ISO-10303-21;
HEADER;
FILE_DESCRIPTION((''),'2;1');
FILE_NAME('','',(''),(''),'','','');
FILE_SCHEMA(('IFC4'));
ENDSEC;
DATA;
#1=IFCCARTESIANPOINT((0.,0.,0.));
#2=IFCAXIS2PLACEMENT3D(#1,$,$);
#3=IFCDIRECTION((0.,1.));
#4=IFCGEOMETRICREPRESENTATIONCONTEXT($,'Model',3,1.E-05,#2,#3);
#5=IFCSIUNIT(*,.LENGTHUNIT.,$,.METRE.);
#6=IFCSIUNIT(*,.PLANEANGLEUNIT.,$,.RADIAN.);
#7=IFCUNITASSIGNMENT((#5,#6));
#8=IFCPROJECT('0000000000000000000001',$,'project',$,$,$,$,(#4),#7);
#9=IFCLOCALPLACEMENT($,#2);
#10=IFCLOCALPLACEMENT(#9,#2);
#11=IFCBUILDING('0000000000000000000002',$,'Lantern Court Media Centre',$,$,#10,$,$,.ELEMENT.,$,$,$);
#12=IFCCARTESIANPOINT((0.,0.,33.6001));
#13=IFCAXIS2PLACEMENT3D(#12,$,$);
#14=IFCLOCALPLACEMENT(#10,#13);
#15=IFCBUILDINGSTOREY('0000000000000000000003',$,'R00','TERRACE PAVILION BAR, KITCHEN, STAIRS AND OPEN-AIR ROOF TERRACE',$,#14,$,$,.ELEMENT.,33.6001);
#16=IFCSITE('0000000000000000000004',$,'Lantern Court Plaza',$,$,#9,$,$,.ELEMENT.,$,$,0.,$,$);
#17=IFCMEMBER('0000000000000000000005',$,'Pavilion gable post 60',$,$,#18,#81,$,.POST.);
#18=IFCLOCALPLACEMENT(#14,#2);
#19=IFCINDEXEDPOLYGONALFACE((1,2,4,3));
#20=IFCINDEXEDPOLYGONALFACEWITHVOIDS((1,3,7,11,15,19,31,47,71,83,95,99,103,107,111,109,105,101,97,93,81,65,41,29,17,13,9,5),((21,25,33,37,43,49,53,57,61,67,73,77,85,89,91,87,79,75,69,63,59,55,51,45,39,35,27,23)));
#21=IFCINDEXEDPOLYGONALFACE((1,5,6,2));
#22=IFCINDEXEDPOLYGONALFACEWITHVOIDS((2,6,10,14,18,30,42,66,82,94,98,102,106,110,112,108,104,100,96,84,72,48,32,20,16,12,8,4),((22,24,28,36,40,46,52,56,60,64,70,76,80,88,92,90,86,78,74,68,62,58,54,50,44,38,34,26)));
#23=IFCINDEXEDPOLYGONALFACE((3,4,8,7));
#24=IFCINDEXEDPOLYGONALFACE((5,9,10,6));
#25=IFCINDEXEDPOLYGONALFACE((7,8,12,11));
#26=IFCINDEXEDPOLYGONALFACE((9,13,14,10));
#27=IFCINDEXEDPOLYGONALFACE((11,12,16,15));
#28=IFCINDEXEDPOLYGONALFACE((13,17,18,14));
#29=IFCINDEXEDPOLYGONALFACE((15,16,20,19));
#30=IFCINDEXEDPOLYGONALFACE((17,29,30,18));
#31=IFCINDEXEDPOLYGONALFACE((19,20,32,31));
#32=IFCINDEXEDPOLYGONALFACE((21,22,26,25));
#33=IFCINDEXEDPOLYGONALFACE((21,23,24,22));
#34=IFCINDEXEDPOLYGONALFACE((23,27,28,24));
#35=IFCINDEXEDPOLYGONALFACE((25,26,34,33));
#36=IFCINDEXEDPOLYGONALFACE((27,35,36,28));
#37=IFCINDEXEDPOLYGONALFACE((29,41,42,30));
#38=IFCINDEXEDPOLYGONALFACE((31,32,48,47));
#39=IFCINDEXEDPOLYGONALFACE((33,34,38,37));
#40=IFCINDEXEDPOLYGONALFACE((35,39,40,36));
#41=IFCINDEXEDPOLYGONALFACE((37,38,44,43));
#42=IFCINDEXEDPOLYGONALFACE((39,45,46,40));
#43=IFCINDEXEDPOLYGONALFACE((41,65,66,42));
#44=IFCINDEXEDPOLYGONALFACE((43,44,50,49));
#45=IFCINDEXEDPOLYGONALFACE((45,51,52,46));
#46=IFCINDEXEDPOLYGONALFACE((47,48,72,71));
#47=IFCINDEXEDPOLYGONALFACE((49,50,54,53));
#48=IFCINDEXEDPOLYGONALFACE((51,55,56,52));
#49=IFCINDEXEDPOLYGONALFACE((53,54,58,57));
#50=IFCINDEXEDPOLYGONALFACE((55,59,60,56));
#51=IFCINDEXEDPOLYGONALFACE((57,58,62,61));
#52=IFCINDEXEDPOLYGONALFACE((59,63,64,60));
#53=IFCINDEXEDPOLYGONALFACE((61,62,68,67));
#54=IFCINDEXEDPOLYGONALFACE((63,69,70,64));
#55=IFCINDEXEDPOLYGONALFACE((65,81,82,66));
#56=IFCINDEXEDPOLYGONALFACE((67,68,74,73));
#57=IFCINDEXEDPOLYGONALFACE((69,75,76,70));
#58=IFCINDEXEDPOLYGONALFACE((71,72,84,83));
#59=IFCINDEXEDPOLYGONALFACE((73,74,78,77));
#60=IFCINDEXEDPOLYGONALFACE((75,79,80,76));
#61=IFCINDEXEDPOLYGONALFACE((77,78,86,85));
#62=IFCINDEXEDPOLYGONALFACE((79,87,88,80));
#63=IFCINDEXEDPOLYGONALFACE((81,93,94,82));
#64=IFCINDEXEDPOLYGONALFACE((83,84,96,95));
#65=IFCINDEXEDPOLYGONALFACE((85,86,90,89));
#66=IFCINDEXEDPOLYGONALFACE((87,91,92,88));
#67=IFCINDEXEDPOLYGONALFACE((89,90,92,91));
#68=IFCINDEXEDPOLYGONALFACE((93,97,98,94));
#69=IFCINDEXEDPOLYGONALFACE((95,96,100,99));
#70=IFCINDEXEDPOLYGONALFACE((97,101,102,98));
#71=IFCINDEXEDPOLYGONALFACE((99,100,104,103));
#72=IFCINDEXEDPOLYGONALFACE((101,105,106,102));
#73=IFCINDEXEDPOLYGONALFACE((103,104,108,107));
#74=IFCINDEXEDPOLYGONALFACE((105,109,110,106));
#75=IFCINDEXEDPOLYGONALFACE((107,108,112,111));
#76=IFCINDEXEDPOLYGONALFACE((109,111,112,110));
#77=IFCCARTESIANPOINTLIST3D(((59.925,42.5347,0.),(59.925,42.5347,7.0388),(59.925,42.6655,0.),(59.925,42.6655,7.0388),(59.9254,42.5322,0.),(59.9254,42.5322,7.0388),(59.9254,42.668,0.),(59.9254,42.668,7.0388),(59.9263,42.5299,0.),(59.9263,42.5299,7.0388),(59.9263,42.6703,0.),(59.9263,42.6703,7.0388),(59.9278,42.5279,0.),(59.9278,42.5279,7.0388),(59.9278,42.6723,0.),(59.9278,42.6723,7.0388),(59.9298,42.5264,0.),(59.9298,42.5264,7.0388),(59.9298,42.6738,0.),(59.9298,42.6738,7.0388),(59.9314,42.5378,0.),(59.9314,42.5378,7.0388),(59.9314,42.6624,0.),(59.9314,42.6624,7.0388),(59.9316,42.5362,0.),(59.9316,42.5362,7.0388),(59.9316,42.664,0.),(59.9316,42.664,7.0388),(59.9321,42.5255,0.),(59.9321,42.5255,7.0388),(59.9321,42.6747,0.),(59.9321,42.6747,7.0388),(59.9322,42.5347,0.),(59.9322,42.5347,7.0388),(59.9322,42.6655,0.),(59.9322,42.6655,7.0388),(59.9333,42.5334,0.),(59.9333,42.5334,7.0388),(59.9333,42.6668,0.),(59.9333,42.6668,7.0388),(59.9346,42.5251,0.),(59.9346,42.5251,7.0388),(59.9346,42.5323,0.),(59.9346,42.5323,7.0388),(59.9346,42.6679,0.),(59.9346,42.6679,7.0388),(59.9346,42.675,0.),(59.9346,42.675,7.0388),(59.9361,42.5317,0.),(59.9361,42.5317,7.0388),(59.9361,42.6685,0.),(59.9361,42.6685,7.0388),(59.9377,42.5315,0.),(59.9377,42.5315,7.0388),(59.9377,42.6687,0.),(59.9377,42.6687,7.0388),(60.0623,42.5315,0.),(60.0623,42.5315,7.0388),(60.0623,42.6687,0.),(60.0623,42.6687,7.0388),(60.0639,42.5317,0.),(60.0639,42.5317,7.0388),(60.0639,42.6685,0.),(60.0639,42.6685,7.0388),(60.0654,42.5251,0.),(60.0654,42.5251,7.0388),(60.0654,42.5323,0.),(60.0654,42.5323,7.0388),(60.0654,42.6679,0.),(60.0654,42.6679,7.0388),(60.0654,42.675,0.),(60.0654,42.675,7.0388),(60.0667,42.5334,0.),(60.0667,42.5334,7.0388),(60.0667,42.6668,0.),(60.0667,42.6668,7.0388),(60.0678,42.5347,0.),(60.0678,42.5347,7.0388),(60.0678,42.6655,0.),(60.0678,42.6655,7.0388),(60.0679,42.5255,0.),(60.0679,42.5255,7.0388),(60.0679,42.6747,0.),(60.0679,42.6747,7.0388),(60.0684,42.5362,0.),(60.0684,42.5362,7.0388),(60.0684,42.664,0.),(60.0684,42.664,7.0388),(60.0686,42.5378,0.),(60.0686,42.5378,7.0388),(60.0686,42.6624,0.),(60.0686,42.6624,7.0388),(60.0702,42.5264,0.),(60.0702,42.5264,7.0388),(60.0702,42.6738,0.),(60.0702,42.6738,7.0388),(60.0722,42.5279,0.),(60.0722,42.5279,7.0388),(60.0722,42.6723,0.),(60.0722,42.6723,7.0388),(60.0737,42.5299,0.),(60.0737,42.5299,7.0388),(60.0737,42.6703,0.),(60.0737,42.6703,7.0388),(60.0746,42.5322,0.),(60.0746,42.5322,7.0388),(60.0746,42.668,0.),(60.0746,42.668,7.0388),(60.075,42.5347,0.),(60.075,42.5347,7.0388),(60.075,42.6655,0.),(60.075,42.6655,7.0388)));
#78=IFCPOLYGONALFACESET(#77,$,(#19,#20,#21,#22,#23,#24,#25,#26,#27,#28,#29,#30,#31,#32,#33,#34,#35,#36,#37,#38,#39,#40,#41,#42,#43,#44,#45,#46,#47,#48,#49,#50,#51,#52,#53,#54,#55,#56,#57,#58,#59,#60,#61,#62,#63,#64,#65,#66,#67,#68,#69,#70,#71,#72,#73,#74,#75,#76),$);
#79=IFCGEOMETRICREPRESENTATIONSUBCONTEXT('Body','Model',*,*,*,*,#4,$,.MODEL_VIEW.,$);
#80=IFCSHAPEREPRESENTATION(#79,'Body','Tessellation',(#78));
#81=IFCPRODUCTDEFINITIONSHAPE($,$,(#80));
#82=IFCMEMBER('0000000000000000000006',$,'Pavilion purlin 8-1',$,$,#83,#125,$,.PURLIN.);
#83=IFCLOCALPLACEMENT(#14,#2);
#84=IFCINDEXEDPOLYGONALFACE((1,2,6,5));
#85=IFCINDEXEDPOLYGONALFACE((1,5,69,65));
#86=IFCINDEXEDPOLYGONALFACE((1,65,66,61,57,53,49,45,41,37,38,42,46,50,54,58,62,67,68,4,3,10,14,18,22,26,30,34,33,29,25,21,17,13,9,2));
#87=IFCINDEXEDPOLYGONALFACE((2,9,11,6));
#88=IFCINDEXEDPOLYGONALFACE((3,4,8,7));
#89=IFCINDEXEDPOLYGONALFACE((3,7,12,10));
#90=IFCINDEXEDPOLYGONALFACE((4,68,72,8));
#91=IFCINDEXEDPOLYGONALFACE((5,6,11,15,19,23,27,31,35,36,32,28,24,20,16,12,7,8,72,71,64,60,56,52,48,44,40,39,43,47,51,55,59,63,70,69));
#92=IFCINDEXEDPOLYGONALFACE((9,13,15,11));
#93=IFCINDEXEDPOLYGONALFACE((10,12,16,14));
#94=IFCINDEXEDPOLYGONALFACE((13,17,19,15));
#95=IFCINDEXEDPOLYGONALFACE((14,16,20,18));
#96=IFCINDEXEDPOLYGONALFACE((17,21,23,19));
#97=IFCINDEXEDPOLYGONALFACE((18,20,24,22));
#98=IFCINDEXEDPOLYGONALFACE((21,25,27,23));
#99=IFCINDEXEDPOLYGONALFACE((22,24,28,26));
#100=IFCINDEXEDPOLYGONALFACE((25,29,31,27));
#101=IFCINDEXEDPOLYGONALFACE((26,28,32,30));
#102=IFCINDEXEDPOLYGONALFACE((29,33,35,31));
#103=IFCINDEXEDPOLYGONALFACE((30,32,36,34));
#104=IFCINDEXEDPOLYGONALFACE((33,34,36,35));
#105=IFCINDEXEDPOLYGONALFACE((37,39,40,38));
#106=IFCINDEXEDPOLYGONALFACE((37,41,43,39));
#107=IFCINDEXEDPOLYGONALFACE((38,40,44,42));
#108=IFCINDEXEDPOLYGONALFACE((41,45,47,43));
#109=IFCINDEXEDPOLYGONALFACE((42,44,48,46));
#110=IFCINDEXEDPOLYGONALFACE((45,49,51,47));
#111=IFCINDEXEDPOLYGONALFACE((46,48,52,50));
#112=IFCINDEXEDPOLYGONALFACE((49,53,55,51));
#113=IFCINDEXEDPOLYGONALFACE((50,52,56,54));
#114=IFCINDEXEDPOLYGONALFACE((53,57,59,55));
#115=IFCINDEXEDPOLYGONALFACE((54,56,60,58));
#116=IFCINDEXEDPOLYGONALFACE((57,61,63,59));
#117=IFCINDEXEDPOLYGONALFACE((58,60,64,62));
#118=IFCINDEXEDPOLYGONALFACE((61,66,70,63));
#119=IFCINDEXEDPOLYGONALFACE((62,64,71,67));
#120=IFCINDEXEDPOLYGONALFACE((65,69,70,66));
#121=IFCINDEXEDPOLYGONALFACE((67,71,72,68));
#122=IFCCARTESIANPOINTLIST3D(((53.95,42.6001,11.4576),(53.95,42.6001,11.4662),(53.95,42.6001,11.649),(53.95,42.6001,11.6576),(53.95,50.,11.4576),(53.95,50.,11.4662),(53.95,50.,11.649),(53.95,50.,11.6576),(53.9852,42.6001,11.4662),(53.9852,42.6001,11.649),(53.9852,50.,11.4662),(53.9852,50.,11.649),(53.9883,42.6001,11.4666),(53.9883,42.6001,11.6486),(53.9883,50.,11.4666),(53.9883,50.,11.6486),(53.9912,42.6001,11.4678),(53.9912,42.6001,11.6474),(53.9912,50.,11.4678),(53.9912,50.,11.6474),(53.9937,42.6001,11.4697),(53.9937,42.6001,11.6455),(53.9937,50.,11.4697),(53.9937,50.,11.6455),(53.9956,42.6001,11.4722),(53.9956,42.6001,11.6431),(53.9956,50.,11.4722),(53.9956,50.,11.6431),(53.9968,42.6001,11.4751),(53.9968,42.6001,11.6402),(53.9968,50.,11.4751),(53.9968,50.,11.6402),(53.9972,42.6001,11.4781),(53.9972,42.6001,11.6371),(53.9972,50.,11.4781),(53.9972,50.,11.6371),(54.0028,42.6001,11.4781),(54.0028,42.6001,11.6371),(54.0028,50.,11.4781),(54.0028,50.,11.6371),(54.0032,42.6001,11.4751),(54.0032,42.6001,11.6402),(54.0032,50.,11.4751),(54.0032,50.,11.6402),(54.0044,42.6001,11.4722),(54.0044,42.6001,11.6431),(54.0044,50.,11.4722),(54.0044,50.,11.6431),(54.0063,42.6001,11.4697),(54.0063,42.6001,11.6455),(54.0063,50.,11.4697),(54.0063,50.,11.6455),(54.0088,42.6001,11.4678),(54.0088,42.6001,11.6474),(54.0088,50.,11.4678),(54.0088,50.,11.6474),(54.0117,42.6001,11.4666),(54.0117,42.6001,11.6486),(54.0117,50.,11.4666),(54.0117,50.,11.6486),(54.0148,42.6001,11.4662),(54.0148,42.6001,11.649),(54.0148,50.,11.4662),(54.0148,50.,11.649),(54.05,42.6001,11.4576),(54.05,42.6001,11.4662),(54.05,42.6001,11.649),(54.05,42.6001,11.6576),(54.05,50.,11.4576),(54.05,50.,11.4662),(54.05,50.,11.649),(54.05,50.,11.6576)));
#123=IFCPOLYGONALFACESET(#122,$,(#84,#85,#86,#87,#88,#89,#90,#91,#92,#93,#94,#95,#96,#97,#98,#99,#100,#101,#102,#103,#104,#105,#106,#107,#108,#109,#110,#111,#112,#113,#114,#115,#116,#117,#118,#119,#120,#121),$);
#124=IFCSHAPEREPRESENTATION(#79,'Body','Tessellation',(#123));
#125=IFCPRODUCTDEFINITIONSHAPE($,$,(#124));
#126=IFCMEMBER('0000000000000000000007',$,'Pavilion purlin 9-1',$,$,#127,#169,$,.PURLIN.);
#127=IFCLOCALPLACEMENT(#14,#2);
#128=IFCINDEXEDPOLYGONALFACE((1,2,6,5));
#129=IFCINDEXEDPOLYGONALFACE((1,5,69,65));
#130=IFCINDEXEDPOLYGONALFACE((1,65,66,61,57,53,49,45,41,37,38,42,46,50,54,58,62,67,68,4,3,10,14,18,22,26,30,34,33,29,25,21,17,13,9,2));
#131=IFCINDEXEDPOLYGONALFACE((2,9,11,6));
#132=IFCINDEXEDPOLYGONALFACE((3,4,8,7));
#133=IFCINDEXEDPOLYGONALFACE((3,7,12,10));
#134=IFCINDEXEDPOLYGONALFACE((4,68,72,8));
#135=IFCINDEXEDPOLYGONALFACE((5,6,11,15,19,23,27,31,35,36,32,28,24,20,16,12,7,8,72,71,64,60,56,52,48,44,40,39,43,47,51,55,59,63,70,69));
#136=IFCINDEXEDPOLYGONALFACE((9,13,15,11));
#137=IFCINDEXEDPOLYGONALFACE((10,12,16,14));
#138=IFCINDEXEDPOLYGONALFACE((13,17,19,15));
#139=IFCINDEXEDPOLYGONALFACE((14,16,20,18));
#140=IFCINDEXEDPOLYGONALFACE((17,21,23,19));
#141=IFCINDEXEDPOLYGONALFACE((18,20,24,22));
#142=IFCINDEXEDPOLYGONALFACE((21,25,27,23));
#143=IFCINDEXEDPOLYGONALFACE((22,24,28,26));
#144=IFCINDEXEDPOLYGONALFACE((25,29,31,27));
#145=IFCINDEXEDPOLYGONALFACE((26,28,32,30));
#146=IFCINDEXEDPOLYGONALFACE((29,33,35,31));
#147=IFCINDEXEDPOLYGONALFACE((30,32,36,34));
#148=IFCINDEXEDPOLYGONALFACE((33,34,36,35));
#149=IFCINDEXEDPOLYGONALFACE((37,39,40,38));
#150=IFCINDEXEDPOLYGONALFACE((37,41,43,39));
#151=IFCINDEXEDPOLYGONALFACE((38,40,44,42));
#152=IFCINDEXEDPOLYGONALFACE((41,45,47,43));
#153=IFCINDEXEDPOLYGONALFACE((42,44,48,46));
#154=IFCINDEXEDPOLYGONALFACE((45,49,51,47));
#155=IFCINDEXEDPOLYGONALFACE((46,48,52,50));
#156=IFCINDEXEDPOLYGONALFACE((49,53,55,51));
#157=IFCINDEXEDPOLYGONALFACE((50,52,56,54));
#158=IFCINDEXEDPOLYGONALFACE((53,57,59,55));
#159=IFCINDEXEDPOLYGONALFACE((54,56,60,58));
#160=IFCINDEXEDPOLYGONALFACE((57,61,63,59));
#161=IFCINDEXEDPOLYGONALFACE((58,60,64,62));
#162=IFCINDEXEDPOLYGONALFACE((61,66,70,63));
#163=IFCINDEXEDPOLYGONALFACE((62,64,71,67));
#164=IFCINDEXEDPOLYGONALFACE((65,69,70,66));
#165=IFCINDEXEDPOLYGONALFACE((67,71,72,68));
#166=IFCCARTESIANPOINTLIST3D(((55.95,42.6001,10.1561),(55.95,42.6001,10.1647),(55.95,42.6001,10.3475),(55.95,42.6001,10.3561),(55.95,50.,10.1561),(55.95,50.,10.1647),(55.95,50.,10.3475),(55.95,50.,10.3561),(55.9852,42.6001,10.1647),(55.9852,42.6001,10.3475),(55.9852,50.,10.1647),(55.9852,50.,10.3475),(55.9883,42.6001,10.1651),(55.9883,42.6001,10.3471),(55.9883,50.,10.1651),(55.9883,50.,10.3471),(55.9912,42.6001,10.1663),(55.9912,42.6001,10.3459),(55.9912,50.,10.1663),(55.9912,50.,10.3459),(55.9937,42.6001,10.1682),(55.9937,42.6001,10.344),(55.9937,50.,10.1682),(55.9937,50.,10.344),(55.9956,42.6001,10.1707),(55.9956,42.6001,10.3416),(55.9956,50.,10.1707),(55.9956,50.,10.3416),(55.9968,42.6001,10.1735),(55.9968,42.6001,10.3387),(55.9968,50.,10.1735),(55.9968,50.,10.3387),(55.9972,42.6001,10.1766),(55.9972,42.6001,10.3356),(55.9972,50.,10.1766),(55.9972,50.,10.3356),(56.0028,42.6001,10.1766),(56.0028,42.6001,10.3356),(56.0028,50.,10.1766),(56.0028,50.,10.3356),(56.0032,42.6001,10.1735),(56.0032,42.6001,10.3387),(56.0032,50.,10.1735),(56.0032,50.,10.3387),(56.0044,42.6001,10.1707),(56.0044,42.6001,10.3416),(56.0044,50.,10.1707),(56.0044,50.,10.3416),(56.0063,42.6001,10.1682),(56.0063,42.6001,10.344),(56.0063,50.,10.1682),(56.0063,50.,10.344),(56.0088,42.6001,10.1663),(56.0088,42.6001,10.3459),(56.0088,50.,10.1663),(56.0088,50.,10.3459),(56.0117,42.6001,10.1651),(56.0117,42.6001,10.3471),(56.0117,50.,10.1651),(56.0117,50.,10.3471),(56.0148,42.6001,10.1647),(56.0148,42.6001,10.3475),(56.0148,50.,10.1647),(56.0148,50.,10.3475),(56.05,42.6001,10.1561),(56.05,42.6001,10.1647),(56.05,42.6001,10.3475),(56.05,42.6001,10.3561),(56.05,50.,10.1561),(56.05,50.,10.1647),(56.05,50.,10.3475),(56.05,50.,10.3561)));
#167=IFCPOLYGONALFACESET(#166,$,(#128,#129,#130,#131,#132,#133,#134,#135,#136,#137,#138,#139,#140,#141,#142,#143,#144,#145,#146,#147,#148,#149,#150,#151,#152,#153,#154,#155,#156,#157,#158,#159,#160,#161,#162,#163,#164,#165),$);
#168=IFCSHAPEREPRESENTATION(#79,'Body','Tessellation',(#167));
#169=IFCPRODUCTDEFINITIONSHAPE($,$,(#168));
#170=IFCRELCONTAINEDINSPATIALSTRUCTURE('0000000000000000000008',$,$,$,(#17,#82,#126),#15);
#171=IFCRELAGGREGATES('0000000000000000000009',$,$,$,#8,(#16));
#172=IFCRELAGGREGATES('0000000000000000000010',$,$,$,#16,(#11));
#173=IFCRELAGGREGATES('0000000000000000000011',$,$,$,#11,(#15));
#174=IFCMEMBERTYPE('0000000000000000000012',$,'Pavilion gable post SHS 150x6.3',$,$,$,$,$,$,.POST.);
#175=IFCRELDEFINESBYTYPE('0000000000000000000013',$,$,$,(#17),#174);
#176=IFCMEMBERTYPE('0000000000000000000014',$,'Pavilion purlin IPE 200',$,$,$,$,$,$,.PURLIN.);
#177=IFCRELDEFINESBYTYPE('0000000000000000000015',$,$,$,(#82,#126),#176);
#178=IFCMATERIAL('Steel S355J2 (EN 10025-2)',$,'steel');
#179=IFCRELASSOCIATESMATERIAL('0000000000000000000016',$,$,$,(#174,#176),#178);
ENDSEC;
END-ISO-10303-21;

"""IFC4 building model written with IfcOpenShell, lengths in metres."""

from ifc_helpers import new_model, si_unit, direction, frame, origin, origin_2d, place, context, subcontext, project, spatial, hollow_rectangle, i_section, extrude, material, material_profile, profile_set, type_object, element, save


model = new_model("IFC4")

# Units and contexts
model_context = context("Model", 3, precision=1e-05, world=origin(), true_north=direction((0.0, 1.0)))
body_context = subcontext(model_context, "Body", "Model", "MODEL_VIEW")
ifc_project = project(units=[si_unit("LENGTHUNIT", "METRE"), si_unit("PLANEANGLEUNIT", "RADIAN")], contexts=[model_context])

# Site, building, storey
site_placement = place(None, origin())
site = spatial("IfcSite", under=ifc_project, at=site_placement, Name="Lantern Court Plaza", CompositionType="ELEMENT", RefElevation=0.0)
building_placement = place(site_placement, origin())
building = spatial("IfcBuilding", under=site, at=building_placement, Name="Lantern Court Media Centre", CompositionType="ELEMENT")
storey_placement = place(building_placement, frame((0.0, 0.0, 33.6001)))
storey = spatial("IfcBuildingStorey", under=building, at=storey_placement, Name="R00", Description="TERRACE PAVILION BAR, KITCHEN, STAIRS AND OPEN-AIR ROOF TERRACE", CompositionType="ELEMENT", Elevation=33.6001)

# Members
ifc_material_1 = material(Name="Steel S355J2 (EN 10025-2)", Category="steel")
ifc_material_profile_1 = material_profile(ifc_material_1, hollow_rectangle(XDim=0.1499, YDim=0.1499, WallThickness=0.0063, InnerFilletRadius=0.0063, OuterFilletRadius=0.0095, at=origin_2d()), Name="Pavilion gable post SHS 150x6.3")
ifc_profile_set_1 = profile_set([ifc_material_profile_1], Name="Steel S355J2 (EN 10025-2)")
member_type_1 = type_object("IfcMemberType", Name="Pavilion gable post SHS 150x6.3", PredefinedType="POST", material=ifc_profile_set_1)
member_1_placement = place(storey_placement, frame((60.0, 42.6001, 0.0), z_axis=(0.0, 0.0, 1.0), x_axis=(1.0, 0.0, 0.0)))
element("IfcMember", 1, at=member_1_placement, inside=storey, type_object=member_type_1, Name="Pavilion gable post 60", PredefinedType="POST", context=body_context, shape_type="SweptSolid", body=[
    extrude(hollow_rectangle(XDim=0.1499, YDim=0.1499, WallThickness=0.0063, InnerFilletRadius=0.0063, OuterFilletRadius=0.0095, at=origin_2d()), origin(), (0.0, 0.0, 1.0), 7.0388),
])
ifc_material_profile_2 = material_profile(ifc_material_1, i_section(OverallWidth=0.1001, OverallDepth=0.2, WebThickness=0.0056, FlangeThickness=0.0085, FilletRadius=0.012, at=origin_2d()), Name="IPE 200")
ifc_profile_set_2 = profile_set([ifc_material_profile_2], Name="Steel S355J2 (EN 10025-2)")
member_type_2 = type_object("IfcMemberType", Name="Pavilion purlin IPE 200", PredefinedType="PURLIN", material=ifc_profile_set_2)
for number, where, z_axis, x_axis, name in (
    (2, (54.0, 42.6001, 11.5576), (0.0, 1.0, 0.0), (-1.0, 0.0, 0.0), "Pavilion purlin 8-1"),
    (3, (56.0, 42.6001, 10.2561), (0.0, 1.0, 0.0), (-1.0, 0.0, 0.0), "Pavilion purlin 9-1"),
):
    element("IfcMember", number, at=place(storey_placement, frame(where, z_axis=z_axis, x_axis=x_axis)), inside=storey, type_object=member_type_2, Name=name, PredefinedType="PURLIN", context=body_context, shape_type="SweptSolid", body=[
        extrude(i_section(OverallWidth=0.1001, OverallDepth=0.2, WebThickness=0.0056, FlangeThickness=0.0085, FilletRadius=0.012, at=origin_2d()), origin(), (0.0, 0.0, 1.0), 7.3999),
    ])

save(model, "model.ifc")
